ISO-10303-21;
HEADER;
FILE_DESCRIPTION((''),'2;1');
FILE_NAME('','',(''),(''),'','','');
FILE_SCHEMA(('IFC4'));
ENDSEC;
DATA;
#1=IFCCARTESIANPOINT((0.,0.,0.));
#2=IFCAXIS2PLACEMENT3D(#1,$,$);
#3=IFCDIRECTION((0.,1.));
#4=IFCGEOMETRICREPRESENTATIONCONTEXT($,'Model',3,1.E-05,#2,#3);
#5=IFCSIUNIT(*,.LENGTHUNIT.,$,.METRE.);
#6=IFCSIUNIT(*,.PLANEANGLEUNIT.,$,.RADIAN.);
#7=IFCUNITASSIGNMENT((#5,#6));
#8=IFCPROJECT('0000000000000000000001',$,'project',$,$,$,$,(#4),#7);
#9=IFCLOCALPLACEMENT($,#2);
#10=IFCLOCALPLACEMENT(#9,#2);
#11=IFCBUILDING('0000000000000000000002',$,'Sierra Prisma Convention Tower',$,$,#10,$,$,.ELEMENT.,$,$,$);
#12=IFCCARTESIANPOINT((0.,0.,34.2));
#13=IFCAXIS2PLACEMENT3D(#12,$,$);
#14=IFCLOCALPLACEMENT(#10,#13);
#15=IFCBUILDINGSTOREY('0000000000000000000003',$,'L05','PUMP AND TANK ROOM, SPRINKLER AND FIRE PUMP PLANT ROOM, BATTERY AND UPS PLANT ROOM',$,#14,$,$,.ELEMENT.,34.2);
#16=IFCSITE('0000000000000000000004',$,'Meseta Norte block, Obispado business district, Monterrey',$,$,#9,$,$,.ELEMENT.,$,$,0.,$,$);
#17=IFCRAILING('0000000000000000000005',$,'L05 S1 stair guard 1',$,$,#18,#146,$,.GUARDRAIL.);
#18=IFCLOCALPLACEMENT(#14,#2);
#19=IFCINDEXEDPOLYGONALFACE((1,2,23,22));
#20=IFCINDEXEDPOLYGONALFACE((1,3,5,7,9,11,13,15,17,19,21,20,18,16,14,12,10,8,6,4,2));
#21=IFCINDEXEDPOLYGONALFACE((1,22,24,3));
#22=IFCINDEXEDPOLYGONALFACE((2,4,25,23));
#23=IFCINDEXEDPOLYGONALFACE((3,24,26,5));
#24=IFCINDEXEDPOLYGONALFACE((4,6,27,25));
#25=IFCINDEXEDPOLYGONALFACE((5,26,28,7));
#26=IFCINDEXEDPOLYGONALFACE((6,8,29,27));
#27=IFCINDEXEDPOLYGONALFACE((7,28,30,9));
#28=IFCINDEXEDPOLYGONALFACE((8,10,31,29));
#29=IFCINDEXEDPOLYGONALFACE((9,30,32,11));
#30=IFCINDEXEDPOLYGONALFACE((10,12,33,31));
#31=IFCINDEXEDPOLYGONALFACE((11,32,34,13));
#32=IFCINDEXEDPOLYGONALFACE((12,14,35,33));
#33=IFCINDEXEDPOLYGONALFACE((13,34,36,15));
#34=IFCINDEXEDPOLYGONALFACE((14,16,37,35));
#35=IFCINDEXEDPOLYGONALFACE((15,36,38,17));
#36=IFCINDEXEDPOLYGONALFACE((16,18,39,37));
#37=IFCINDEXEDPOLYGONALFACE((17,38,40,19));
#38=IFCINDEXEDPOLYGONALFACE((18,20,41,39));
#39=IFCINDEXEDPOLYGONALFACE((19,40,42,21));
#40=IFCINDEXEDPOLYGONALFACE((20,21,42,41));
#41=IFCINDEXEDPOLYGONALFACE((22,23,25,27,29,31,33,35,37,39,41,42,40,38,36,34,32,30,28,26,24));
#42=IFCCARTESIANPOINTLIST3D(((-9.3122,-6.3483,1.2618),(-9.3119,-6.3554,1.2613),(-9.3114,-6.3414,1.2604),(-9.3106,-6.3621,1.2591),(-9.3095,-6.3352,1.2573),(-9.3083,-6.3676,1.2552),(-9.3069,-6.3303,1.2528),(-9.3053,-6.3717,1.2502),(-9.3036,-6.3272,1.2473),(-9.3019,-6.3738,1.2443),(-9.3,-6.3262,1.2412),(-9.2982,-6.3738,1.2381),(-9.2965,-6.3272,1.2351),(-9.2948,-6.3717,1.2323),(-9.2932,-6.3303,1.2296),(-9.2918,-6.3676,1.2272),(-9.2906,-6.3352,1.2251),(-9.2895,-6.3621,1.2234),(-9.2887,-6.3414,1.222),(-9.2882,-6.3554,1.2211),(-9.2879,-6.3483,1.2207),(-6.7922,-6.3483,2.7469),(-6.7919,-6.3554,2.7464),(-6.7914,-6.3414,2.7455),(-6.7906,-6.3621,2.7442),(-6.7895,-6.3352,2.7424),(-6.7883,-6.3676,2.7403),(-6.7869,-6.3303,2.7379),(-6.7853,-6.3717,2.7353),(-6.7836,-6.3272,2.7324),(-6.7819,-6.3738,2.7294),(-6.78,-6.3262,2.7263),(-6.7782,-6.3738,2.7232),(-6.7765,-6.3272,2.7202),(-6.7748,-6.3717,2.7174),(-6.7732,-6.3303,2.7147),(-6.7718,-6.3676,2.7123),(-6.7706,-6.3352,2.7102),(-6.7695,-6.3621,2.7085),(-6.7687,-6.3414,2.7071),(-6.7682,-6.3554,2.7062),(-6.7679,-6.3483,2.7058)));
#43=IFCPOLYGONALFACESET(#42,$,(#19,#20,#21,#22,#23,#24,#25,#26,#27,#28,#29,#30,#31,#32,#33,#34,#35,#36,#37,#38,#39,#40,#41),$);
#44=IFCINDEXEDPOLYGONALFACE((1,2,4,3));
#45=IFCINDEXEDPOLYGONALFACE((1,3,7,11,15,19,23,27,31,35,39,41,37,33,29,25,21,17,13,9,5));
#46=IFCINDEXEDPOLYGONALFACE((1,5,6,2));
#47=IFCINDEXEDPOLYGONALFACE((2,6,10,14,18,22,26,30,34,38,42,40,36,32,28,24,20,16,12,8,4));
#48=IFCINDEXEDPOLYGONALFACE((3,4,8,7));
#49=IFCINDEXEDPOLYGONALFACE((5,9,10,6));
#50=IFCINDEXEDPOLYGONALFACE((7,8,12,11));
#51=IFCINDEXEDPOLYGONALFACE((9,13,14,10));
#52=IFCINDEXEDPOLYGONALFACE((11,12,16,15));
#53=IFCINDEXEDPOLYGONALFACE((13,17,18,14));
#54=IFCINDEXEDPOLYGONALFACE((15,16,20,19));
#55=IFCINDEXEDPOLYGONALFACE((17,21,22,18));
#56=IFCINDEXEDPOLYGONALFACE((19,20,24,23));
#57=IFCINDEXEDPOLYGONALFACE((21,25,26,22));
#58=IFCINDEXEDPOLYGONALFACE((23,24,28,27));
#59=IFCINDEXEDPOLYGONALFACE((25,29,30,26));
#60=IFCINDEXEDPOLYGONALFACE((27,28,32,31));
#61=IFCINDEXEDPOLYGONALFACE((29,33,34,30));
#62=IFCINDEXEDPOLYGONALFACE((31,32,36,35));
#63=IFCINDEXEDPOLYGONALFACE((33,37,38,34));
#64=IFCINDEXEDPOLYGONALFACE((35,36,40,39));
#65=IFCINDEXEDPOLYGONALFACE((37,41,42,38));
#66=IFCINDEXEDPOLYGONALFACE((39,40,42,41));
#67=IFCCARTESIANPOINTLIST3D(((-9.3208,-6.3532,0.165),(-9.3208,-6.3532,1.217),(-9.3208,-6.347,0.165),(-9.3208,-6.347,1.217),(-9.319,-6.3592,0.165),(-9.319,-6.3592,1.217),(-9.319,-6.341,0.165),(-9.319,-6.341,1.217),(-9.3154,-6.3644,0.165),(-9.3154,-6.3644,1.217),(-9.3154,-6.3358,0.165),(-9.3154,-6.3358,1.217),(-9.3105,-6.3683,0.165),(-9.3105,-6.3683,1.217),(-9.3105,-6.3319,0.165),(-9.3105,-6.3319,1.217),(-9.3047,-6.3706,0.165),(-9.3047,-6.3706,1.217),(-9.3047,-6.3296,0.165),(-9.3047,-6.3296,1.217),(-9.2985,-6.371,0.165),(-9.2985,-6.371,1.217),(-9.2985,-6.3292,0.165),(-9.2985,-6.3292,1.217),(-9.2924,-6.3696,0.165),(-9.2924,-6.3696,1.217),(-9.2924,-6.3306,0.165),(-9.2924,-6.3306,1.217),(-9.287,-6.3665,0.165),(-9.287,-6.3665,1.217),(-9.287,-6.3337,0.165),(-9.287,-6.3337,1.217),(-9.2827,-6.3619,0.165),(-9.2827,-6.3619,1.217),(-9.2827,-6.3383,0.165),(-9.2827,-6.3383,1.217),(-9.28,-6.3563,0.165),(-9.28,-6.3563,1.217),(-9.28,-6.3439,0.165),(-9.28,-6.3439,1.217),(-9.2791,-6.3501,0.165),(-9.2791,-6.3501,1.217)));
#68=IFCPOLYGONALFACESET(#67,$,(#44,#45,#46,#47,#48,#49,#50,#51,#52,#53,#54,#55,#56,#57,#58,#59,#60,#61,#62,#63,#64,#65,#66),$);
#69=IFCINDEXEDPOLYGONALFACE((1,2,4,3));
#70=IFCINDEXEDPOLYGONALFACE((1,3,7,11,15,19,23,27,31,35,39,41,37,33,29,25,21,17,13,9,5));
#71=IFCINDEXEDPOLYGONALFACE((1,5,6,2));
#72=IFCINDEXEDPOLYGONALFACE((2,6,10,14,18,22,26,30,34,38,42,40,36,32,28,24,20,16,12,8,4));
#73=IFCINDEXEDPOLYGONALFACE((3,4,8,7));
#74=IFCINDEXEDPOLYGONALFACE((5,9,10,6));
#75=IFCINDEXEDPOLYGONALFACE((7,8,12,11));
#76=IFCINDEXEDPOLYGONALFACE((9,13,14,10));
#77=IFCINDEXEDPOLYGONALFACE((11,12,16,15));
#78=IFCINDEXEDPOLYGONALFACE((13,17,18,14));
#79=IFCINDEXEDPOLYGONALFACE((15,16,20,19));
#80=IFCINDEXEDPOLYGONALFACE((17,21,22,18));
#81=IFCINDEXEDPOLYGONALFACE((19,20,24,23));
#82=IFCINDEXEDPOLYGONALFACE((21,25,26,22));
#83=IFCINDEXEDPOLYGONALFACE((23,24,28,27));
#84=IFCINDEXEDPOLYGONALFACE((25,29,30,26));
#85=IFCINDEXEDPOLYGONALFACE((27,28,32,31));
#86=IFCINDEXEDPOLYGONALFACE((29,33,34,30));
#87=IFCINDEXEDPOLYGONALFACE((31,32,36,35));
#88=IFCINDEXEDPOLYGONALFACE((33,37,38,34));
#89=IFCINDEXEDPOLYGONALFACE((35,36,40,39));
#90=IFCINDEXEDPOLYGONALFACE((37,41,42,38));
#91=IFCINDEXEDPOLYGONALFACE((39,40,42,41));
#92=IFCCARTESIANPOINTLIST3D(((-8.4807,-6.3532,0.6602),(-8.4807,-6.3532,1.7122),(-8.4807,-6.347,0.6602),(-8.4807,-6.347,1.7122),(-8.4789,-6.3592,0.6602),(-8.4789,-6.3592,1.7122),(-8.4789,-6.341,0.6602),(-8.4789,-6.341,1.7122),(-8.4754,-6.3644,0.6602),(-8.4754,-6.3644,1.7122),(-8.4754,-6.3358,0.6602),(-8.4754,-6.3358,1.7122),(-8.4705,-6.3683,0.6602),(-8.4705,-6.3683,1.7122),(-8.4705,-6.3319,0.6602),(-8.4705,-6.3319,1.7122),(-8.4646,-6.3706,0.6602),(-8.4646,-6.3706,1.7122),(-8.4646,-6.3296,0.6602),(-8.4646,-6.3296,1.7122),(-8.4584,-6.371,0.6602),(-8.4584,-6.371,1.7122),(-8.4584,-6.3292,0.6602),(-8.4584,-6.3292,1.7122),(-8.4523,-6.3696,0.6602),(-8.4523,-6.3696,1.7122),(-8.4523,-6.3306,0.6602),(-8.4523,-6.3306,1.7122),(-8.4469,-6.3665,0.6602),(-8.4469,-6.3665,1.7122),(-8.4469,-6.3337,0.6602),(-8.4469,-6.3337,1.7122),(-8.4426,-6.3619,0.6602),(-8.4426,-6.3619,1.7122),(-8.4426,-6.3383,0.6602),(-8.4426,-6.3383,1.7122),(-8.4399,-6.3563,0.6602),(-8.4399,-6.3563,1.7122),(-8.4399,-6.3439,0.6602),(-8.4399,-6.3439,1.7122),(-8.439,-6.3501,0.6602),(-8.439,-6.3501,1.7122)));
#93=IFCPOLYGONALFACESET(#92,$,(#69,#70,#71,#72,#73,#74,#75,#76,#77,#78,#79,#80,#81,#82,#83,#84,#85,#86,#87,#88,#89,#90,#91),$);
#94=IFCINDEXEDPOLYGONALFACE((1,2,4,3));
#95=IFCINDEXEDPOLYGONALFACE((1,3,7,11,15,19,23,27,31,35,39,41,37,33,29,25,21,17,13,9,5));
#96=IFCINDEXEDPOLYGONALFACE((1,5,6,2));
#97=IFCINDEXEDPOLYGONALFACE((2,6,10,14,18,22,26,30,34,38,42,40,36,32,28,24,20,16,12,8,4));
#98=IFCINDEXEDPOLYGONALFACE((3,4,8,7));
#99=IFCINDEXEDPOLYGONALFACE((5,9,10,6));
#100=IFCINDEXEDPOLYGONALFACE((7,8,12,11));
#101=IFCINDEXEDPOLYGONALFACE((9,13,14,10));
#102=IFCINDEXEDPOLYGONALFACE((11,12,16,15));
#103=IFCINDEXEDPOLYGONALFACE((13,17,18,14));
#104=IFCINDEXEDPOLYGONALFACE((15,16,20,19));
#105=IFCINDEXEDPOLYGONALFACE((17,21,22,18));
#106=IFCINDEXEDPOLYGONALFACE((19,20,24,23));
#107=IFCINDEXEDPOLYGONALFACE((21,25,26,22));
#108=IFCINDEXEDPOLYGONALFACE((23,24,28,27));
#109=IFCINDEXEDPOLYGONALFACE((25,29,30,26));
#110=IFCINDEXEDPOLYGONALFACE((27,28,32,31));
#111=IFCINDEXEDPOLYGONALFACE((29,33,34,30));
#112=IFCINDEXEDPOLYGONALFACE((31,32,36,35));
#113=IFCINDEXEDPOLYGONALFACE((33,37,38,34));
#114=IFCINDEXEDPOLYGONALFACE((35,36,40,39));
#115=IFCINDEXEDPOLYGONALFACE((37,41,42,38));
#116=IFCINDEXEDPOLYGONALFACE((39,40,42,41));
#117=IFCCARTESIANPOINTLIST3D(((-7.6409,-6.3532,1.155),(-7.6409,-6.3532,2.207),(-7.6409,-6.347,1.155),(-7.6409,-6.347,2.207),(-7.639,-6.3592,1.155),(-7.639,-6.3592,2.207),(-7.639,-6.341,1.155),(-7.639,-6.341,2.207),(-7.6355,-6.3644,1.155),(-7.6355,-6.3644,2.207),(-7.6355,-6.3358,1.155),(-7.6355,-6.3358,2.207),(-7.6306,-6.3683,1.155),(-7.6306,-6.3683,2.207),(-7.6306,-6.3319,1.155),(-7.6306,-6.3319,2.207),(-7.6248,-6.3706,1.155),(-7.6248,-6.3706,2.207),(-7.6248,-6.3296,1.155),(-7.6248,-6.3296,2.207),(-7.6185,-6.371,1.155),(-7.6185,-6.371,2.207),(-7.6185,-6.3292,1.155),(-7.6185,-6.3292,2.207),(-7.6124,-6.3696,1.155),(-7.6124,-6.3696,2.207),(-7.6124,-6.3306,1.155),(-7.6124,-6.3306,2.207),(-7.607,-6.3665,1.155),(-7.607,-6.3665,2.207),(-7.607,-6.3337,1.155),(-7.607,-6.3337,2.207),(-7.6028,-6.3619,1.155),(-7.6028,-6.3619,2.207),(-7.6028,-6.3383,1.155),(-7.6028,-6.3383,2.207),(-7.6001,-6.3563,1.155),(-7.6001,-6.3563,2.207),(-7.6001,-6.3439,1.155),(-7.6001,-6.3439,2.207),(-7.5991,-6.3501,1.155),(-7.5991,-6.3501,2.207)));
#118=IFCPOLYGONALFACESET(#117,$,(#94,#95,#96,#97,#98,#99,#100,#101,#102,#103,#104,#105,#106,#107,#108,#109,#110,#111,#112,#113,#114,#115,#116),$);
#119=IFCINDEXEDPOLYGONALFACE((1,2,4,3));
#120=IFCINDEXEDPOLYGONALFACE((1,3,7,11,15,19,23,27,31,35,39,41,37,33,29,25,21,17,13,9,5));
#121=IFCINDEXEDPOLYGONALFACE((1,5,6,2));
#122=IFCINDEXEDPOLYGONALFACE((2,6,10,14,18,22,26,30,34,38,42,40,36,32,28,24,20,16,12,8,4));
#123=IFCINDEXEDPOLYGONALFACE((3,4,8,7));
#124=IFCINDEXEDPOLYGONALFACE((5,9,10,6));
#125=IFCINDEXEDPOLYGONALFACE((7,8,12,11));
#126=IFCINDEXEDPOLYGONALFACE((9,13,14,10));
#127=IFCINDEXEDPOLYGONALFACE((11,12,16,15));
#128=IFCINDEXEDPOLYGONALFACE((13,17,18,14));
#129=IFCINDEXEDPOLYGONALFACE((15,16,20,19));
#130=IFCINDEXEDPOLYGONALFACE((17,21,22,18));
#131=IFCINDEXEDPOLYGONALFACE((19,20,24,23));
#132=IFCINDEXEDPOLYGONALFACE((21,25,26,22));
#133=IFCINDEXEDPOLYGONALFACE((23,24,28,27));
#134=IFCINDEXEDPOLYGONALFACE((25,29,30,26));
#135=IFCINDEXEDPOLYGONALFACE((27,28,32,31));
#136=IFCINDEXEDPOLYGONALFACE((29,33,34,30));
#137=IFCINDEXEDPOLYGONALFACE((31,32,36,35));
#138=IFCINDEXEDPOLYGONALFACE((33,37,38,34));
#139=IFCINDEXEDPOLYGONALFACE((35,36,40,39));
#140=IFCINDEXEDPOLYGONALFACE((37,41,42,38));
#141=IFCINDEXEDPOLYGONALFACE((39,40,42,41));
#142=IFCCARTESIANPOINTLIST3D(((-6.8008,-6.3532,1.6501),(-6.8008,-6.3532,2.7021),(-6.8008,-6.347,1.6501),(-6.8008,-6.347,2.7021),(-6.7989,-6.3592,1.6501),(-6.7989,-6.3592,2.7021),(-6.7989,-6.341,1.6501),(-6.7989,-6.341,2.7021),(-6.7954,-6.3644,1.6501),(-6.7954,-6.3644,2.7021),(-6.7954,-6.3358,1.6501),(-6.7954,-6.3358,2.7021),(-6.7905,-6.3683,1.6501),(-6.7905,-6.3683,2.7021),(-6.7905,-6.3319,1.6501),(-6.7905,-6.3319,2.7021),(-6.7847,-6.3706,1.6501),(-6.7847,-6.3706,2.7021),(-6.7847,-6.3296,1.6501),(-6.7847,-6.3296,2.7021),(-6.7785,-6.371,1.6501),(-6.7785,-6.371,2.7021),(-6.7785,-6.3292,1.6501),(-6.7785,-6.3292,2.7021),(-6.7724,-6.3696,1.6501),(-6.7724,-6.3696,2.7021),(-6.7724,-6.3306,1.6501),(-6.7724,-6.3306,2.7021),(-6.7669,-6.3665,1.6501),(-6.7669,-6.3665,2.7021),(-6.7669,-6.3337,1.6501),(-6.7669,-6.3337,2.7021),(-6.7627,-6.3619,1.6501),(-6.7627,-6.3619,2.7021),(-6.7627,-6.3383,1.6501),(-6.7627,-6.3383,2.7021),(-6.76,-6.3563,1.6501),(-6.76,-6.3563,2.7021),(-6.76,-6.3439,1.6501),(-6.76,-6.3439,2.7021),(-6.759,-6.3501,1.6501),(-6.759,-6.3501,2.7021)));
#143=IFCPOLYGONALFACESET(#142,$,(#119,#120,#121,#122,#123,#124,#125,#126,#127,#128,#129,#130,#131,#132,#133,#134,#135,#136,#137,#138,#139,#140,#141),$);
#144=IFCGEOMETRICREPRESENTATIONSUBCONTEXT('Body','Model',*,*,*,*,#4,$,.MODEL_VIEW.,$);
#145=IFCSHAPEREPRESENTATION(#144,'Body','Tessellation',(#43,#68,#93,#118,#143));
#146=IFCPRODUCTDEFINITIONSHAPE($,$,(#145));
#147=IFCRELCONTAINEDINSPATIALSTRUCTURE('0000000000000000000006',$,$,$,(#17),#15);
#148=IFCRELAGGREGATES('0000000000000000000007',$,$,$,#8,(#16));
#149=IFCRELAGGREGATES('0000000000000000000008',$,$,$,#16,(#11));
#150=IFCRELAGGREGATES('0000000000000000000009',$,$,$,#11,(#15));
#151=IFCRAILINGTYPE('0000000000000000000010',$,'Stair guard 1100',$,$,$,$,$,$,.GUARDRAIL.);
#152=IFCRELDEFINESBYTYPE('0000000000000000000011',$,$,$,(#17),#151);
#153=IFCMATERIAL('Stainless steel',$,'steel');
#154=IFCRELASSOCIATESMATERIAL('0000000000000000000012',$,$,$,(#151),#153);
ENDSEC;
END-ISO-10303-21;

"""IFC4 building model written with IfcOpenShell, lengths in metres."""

from ifc_helpers import new_model, si_unit, direction, frame, origin, origin_2d, place, context, subcontext, project, spatial, circle, extrude, material, type_object, element, save


model = new_model("IFC4")

# Units and contexts
model_context = context("Model", 3, precision=1e-05, world=origin(), true_north=direction((0.0, 1.0)))
body_context = subcontext(model_context, "Body", "Model", "MODEL_VIEW")
ifc_project = project(units=[si_unit("LENGTHUNIT", "METRE"), si_unit("PLANEANGLEUNIT", "RADIAN")], contexts=[model_context])

# Site, building, storey
site_placement = place(None, origin())
site = spatial("IfcSite", under=ifc_project, at=site_placement, Name="Meseta Norte block, Obispado business district, Monterrey", CompositionType="ELEMENT", RefElevation=0.0)
building_placement = place(site_placement, origin())
building = spatial("IfcBuilding", under=site, at=building_placement, Name="Sierra Prisma Convention Tower", CompositionType="ELEMENT")
storey_placement = place(building_placement, frame((0.0, 0.0, 34.2)))
storey = spatial("IfcBuildingStorey", under=building, at=storey_placement, Name="L05", Description="PUMP AND TANK ROOM, SPRINKLER AND FIRE PUMP PLANT ROOM, BATTERY AND UPS PLANT ROOM", CompositionType="ELEMENT", Elevation=34.2)

# Railing
ifc_material_1 = material(Name="Stainless steel", Category="steel")
railing_type_1 = type_object("IfcRailingType", Name="Stair guard 1100", PredefinedType="GUARDRAIL", material=ifc_material_1)
railing_1_placement = place(storey_placement, frame((-9.3, -6.3501, 0.165)))
element("IfcRailing", 1, at=railing_1_placement, inside=storey, type_object=railing_type_1, Name="L05 S1 stair guard 1", PredefinedType="GUARDRAIL", context=body_context, shape_type="SweptSolid", body=[
    extrude(circle(Radius=0.0239, at=origin_2d()), frame((0.0, 0.0, 1.0762), z_axis=(0.861524, 0.0, 0.507717), x_axis=(0.0, 1.0, 0.0)), (0.0, 0.0, 1.0), 2.925),
    extrude(circle(Radius=0.021, at=origin_2d()), origin(), (0.0, 0.0, 1.0), 1.052),
    extrude(circle(Radius=0.021, at=origin_2d()), frame((0.8401, 0.0, 0.4951)), (0.0, 0.0, 1.0), 1.052),
    extrude(circle(Radius=0.021, at=origin_2d()), frame((1.6799, 0.0, 0.99)), (0.0, 0.0, 1.0), 1.052),
    extrude(circle(Radius=0.021, at=origin_2d()), frame((2.52, 0.0, 1.4851)), (0.0, 0.0, 1.0), 1.052),
])

save(model, "model.ifc")
